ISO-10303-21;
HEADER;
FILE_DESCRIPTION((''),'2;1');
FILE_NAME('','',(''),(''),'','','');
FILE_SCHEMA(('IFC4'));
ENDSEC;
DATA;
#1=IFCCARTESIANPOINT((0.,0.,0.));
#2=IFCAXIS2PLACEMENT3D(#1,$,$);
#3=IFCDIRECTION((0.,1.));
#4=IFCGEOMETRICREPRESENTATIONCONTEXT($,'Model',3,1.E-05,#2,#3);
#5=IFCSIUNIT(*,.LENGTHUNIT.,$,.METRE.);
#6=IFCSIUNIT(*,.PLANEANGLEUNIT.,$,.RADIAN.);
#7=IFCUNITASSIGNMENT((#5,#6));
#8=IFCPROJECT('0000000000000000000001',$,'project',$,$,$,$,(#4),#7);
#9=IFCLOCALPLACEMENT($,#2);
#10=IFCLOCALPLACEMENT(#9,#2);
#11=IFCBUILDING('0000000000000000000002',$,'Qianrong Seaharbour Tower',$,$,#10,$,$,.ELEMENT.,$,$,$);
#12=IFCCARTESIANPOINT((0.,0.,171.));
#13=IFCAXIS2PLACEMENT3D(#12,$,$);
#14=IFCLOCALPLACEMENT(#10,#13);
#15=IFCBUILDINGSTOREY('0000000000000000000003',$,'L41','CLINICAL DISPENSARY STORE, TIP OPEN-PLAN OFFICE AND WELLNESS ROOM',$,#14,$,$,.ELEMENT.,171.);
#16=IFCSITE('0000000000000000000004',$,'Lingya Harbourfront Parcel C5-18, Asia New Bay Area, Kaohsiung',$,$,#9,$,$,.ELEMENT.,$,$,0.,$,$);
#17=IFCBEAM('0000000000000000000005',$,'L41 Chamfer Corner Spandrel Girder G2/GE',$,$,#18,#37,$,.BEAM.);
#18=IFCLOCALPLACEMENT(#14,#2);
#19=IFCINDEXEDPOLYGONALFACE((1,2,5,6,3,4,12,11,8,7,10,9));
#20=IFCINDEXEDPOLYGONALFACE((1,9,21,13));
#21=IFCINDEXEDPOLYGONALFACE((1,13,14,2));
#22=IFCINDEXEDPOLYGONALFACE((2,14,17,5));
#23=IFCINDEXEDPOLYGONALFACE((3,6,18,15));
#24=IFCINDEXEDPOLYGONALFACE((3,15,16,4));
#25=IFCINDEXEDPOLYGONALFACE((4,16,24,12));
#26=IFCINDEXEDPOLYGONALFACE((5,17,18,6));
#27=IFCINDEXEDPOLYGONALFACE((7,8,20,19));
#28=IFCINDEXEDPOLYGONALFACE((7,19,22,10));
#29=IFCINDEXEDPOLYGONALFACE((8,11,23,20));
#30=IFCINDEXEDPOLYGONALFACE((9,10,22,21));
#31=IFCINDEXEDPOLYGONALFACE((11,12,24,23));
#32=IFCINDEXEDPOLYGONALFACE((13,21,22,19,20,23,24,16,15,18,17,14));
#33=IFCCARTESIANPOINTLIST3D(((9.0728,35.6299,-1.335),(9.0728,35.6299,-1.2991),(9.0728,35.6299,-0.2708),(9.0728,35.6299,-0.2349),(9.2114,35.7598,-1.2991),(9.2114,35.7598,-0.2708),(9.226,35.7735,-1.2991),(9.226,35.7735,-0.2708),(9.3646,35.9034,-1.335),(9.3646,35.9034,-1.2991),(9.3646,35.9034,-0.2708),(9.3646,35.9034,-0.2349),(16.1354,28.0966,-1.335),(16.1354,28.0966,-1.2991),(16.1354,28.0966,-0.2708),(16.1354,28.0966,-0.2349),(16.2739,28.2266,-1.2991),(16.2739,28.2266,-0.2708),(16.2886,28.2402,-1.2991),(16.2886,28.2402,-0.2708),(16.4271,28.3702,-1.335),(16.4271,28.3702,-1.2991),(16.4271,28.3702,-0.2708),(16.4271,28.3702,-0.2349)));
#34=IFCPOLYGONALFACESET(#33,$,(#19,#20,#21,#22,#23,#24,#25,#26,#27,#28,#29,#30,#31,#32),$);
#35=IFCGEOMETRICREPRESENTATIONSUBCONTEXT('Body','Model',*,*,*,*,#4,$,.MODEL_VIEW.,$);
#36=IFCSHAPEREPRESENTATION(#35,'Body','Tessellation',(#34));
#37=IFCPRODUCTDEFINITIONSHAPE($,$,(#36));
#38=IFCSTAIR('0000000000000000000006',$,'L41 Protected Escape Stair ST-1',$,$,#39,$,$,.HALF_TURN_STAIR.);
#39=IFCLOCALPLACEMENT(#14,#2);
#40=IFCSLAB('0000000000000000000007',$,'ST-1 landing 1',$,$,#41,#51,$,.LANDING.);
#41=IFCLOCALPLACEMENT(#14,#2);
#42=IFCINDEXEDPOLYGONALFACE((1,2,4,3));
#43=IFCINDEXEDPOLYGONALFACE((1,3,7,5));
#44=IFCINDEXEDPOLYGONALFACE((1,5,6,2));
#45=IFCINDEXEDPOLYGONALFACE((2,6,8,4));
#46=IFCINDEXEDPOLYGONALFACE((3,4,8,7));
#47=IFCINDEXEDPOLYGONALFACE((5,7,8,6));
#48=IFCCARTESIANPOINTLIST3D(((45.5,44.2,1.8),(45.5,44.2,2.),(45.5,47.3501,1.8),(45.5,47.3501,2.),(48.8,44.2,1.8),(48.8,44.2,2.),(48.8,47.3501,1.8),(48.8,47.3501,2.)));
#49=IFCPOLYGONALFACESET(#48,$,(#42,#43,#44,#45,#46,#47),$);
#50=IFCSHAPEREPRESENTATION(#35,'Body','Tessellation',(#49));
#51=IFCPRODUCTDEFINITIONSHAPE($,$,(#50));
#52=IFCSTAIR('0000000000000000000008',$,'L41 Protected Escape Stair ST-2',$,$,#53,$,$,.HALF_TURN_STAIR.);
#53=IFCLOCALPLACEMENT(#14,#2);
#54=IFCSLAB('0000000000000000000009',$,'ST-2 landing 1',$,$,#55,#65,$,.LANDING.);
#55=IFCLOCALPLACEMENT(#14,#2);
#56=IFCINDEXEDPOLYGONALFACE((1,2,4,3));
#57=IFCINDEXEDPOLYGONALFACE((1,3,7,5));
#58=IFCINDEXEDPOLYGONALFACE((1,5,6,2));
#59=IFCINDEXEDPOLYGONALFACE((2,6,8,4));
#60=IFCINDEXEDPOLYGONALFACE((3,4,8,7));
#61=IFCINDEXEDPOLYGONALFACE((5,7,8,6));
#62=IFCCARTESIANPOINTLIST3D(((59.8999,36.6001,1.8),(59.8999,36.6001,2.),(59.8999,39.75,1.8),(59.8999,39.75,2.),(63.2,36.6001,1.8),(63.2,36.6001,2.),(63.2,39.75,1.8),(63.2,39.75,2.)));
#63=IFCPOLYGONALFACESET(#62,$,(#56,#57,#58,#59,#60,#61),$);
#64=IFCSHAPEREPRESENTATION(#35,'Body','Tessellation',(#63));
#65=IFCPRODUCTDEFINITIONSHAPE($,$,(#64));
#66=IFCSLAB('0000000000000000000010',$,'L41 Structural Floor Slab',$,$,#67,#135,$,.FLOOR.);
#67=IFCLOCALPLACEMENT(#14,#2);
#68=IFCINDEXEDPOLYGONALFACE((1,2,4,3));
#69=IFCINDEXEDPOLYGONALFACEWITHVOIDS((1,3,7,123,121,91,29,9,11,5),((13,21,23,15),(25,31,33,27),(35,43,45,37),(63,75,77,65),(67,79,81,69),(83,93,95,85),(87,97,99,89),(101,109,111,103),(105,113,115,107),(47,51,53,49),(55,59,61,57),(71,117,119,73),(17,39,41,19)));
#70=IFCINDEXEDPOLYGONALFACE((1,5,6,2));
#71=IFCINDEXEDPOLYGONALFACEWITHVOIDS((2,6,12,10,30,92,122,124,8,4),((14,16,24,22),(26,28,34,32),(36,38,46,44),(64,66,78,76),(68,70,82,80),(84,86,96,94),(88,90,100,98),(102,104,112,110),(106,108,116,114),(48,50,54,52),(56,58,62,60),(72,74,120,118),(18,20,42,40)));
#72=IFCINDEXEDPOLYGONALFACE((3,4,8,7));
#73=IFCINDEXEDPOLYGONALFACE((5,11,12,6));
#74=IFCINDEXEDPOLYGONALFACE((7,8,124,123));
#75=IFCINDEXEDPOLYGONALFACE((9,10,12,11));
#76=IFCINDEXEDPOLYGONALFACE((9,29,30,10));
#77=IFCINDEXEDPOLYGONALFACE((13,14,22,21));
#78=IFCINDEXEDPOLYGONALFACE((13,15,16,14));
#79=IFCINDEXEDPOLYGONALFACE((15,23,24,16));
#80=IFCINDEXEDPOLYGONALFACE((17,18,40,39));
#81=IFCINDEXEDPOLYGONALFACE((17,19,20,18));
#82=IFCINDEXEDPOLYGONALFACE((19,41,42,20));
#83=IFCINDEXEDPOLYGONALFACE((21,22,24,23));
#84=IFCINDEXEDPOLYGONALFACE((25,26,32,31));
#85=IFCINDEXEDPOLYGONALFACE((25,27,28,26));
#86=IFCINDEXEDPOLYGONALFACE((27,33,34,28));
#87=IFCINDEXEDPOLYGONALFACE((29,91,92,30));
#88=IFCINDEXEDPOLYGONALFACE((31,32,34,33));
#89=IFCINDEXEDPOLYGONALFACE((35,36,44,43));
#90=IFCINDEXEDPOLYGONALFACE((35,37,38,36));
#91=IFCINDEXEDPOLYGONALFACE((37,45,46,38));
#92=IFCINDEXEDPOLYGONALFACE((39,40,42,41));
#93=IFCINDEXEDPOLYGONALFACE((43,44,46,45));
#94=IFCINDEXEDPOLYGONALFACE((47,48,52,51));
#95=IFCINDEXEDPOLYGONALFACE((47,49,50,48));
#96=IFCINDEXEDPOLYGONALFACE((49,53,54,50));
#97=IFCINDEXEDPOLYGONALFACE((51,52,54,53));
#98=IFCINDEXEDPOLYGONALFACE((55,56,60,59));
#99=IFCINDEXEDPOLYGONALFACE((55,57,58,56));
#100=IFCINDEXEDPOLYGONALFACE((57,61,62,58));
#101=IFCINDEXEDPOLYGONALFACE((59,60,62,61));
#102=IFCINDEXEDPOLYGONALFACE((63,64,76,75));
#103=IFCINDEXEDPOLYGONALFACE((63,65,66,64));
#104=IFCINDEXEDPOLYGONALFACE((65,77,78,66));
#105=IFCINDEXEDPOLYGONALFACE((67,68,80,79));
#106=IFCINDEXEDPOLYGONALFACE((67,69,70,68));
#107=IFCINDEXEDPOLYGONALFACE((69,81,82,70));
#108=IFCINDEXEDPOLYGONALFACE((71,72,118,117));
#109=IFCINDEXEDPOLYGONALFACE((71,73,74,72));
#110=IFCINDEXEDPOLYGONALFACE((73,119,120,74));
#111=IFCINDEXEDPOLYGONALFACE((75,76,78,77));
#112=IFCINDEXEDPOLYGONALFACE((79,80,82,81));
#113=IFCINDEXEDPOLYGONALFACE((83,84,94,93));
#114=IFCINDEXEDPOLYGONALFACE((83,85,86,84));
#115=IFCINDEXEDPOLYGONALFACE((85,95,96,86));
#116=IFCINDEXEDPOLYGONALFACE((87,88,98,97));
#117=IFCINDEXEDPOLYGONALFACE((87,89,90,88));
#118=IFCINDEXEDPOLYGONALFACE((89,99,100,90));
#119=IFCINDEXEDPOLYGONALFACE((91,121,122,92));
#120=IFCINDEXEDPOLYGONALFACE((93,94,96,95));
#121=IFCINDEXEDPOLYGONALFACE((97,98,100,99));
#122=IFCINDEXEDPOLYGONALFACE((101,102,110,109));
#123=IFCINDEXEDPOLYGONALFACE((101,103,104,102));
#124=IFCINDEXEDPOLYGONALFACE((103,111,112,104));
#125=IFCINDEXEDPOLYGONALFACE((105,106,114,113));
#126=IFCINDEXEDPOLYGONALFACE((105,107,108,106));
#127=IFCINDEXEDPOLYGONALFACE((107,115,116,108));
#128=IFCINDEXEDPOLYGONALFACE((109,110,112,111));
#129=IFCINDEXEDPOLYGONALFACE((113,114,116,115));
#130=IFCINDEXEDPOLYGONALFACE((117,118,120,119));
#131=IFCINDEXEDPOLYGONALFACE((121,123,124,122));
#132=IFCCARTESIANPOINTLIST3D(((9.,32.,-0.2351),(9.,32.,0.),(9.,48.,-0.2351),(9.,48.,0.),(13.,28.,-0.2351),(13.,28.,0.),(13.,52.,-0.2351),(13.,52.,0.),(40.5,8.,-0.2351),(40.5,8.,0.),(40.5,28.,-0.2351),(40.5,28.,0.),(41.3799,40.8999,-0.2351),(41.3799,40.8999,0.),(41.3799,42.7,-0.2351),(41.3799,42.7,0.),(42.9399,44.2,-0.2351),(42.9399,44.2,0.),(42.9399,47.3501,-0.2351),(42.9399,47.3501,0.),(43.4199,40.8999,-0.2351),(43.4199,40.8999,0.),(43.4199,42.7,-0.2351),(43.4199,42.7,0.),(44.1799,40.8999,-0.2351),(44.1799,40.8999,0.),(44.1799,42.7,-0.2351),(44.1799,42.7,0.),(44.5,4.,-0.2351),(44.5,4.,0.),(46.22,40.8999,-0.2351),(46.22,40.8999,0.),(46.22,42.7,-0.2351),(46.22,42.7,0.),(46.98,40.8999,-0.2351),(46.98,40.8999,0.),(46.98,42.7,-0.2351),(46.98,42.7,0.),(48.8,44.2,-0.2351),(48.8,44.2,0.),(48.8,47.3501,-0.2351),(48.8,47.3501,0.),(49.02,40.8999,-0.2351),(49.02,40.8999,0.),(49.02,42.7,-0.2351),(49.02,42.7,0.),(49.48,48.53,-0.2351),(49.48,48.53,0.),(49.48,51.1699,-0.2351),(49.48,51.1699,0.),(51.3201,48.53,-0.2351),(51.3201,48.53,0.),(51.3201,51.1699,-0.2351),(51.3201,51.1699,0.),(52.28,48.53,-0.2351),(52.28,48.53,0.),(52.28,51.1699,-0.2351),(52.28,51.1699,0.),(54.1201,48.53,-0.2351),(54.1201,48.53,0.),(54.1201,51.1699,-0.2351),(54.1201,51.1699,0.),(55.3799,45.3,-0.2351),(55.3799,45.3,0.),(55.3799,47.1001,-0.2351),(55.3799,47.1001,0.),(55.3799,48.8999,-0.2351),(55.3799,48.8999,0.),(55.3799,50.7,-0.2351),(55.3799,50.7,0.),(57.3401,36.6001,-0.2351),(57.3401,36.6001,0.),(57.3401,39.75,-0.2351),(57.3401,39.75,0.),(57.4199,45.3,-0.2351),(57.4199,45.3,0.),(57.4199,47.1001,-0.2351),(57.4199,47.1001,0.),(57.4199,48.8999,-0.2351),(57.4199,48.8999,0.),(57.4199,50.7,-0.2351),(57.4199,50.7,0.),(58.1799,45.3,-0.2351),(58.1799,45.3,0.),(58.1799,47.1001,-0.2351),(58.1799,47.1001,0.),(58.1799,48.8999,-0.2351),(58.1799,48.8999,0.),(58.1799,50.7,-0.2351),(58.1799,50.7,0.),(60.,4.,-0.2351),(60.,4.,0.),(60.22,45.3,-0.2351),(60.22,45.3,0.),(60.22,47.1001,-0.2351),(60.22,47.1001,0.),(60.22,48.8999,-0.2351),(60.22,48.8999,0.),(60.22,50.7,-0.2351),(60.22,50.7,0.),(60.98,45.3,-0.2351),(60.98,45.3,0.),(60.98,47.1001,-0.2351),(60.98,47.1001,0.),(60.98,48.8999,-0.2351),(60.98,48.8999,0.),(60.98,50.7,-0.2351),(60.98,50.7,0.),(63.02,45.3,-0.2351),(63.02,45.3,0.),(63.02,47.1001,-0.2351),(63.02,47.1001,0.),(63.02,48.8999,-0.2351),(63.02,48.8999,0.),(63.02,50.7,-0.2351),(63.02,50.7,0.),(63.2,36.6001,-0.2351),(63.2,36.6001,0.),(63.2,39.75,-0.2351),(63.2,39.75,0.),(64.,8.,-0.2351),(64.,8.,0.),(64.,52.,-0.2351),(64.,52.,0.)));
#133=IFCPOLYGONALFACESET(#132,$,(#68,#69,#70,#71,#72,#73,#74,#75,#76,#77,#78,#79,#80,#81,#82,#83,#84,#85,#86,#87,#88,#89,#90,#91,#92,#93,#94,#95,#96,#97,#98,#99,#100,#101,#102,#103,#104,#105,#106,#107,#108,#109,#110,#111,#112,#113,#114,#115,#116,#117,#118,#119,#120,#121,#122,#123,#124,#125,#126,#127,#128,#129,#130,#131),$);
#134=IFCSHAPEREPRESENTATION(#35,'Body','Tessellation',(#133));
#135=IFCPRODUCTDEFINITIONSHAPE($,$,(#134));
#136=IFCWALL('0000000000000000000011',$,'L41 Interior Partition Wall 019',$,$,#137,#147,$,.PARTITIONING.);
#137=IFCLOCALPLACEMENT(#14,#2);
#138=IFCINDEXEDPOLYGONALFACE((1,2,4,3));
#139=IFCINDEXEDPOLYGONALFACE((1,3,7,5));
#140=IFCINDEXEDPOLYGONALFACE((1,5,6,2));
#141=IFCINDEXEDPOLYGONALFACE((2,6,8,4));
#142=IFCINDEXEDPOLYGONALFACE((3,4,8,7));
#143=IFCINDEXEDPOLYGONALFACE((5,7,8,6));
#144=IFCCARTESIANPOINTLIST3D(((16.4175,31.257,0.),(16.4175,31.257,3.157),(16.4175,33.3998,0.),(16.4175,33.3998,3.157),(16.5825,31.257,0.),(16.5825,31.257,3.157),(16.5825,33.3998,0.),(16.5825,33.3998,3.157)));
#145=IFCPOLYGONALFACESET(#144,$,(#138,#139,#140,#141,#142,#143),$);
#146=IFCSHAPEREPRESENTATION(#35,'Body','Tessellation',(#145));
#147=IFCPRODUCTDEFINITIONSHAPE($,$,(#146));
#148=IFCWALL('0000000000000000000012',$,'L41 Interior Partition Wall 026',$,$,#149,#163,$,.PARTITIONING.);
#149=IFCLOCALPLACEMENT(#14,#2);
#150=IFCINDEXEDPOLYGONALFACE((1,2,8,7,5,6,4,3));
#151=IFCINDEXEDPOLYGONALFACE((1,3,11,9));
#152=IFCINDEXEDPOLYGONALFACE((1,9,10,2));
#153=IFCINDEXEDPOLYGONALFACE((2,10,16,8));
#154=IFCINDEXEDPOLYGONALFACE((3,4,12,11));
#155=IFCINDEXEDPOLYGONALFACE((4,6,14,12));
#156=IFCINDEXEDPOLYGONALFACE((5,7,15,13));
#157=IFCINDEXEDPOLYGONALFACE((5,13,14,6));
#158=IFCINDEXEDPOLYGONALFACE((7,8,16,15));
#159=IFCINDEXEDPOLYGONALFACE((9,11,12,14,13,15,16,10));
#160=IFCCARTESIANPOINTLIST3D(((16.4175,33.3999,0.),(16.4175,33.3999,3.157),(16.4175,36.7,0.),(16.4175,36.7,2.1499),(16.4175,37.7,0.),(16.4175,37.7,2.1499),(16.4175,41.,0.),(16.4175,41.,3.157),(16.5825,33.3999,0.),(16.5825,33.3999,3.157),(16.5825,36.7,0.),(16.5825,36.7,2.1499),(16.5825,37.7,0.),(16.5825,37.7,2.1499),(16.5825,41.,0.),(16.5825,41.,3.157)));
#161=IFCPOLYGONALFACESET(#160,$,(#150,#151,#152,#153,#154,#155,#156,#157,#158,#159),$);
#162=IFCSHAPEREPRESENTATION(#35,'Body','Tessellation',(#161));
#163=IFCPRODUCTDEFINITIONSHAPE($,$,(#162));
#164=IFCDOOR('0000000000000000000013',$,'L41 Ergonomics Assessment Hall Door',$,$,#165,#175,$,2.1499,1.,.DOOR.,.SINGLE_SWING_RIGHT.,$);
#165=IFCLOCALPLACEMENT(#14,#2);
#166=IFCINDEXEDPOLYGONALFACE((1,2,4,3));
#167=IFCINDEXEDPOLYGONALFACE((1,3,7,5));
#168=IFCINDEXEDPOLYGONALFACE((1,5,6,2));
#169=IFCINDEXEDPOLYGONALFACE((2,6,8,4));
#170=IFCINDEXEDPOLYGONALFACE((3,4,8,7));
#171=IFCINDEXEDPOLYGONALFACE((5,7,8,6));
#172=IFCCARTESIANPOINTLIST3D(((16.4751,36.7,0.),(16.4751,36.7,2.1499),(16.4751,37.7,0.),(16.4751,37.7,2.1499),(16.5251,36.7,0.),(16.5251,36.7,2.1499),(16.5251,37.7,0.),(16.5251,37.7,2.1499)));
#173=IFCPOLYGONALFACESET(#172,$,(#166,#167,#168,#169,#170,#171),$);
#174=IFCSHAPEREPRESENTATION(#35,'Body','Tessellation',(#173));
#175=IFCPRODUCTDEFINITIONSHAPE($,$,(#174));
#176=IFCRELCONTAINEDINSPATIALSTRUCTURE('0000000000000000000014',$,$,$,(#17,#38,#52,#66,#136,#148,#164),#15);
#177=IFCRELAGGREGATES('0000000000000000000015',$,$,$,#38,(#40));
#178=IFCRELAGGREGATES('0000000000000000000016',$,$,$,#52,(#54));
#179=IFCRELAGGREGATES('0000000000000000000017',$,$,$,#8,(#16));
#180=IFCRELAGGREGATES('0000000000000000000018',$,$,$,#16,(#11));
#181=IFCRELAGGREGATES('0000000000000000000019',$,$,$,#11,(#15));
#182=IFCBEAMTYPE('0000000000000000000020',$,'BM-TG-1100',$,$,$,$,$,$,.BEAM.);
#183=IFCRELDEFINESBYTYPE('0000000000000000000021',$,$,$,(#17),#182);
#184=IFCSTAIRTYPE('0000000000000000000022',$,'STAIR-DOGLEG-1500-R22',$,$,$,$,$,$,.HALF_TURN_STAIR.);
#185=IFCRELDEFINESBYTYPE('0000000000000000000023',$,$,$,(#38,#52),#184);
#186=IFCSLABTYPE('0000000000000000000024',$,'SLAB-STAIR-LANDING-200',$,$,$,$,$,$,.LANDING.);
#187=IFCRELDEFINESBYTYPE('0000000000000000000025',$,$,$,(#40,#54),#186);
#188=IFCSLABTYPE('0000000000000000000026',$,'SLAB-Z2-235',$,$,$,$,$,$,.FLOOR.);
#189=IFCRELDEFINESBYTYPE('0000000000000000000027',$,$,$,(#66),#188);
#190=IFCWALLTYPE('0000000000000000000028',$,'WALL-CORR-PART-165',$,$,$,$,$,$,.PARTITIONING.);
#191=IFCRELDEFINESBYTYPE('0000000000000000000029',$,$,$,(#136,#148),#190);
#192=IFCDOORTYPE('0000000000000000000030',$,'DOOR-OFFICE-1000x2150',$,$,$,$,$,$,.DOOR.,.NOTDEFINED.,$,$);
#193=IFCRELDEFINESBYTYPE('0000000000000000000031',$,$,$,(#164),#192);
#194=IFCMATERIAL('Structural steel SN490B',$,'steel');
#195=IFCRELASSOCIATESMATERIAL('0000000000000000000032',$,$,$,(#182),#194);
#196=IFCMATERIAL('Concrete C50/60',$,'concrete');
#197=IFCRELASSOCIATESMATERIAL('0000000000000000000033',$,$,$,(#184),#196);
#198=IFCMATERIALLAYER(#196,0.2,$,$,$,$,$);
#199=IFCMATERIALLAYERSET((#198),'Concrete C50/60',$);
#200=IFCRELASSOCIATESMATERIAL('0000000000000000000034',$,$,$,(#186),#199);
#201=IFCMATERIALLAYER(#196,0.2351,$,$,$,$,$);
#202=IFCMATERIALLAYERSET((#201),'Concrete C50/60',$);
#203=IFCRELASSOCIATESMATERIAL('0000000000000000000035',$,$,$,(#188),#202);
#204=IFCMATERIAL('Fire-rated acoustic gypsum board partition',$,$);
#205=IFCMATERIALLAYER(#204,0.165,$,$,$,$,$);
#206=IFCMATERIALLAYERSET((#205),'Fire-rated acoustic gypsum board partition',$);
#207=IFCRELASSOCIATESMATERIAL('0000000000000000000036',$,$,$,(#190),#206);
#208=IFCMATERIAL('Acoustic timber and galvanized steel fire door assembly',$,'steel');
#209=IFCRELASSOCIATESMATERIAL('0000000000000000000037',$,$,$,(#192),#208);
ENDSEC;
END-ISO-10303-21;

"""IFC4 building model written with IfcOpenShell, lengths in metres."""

from ifc_helpers import new_model, si_unit, direction, frame, frame_2d, origin, origin_2d, place, context, subcontext, project, spatial, polyline, rectangle, i_section, outline, extrude, material, layer, layer_set, material_profile, profile_set, type_object, element, fill, aggregate, save


model = new_model("IFC4")

# Units and contexts
model_context = context("Model", 3, precision=1e-05, world=origin(), true_north=direction((0.0, 1.0)))
body_context = subcontext(model_context, "Body", "Model", "MODEL_VIEW")
ifc_project = project(units=[si_unit("LENGTHUNIT", "METRE"), si_unit("PLANEANGLEUNIT", "RADIAN")], contexts=[model_context])

# Site, building, storey
site_placement = place(None, origin())
site = spatial("IfcSite", under=ifc_project, at=site_placement, Name="Lingya Harbourfront Parcel C5-18, Asia New Bay Area, Kaohsiung", CompositionType="ELEMENT", RefElevation=0.0)
building_placement = place(site_placement, origin())
building = spatial("IfcBuilding", under=site, at=building_placement, Name="Qianrong Seaharbour Tower", CompositionType="ELEMENT")
storey_placement = place(building_placement, frame((0.0, 0.0, 171.0)))
storey = spatial("IfcBuildingStorey", under=building, at=storey_placement, Name="L41", Description="CLINICAL DISPENSARY STORE, TIP OPEN-PLAN OFFICE AND WELLNESS ROOM", CompositionType="ELEMENT", Elevation=171.0)

# Shared definitions
ifc_material_1 = material(Name="Structural steel SN490B", Category="steel")

# Beam
ifc_material_profile_1 = material_profile(ifc_material_1, i_section(OverallWidth=0.3999, OverallDepth=1.1001, WebThickness=0.02, FlangeThickness=0.0359, at=origin_2d()), Name="BH1100x400x20x36")
ifc_profile_set_1 = profile_set([ifc_material_profile_1], Name="Structural steel SN490B")
beam_type_1 = type_object("IfcBeamType", Name="BM-TG-1100", PredefinedType="BEAM", material=ifc_profile_set_1)
beam_1_placement = place(storey_placement, frame((16.2812, 28.2334, -0.7849), z_axis=(-0.683947, 0.729531, 0.0), x_axis=(-0.729531, -0.683947, 0.0)))
element("IfcBeam", 1, at=beam_1_placement, inside=storey, type_object=beam_type_1, Name="L41 Chamfer Corner Spandrel Girder G2/GE", PredefinedType="BEAM", context=body_context, shape_type="SweptSolid", body=[
    extrude(i_section(OverallWidth=0.3999, OverallDepth=1.1001, WebThickness=0.02, FlangeThickness=0.0359, at=origin_2d()), origin(), (0.0, 0.0, 1.0), 10.3262),
])

# Stairs, slabs
ifc_material_2 = material(Name="Concrete C50/60", Category="concrete")
stair_type = type_object("IfcStairType", Name="STAIR-DOGLEG-1500-R22", PredefinedType="HALF_TURN_STAIR", material=ifc_material_2)
stair_1_placement = place(storey_placement, origin())
stair_1 = element("IfcStair", 2, at=stair_1_placement, inside=storey, type_object=stair_type, Name="L41 Protected Escape Stair ST-1", PredefinedType="HALF_TURN_STAIR")
ifc_layer_1 = layer(ifc_material_2, 0.2)
ifc_layer_set_1 = layer_set([ifc_layer_1], Name="Concrete C50/60")
slab_type_1 = type_object("IfcSlabType", Name="SLAB-STAIR-LANDING-200", PredefinedType="LANDING", material=ifc_layer_set_1)
slab_1_placement = place(storey_placement, frame((0.0, 0.0, 1.8)))
slab_1 = element("IfcSlab", 3, at=slab_1_placement, type_object=slab_type_1, Name="ST-1 landing 1", PredefinedType="LANDING", context=body_context, shape_type="SweptSolid", body=[
    extrude(outline(polyline([(45.5, 44.2), (48.8, 44.2), (48.8, 47.3501), (45.5, 47.3501), (45.5, 44.2)])), origin(), (0.0, 0.0, 1.0), 0.2),
])
aggregate(stair_1, [slab_1])
stair_2_placement = place(storey_placement, origin())
stair_2 = element("IfcStair", 4, at=stair_2_placement, inside=storey, type_object=stair_type, Name="L41 Protected Escape Stair ST-2", PredefinedType="HALF_TURN_STAIR")
slab_2_placement = place(storey_placement, frame((0.0, 0.0, 1.8)))
slab_2 = element("IfcSlab", 5, at=slab_2_placement, type_object=slab_type_1, Name="ST-2 landing 1", PredefinedType="LANDING", context=body_context, shape_type="SweptSolid", body=[
    extrude(outline(polyline([(59.8999, 36.6001), (63.2, 36.6001), (63.2, 39.75), (59.8999, 39.75), (59.8999, 36.6001)])), origin(), (0.0, 0.0, 1.0), 0.2),
])
aggregate(stair_2, [slab_2])

# Slab
ifc_layer_2 = layer(ifc_material_2, 0.2351)
ifc_layer_set_2 = layer_set([ifc_layer_2], Name="Concrete C50/60")
slab_type_2 = type_object("IfcSlabType", Name="SLAB-Z2-235", PredefinedType="FLOOR", material=ifc_layer_set_2)
slab_3_placement = place(storey_placement, frame((0.0, 0.0, -0.2351)))
element("IfcSlab", 6, at=slab_3_placement, inside=storey, type_object=slab_type_2, Name="L41 Structural Floor Slab", PredefinedType="FLOOR", context=body_context, shape_type="SweptSolid", body=[
    extrude(outline(polyline([(44.5, 4.0), (60.0, 4.0), (64.0, 8.0), (64.0, 52.0), (13.0, 52.0), (9.0, 48.0), (9.0, 32.0), (13.0, 28.0), (40.5, 28.0), (40.5, 8.0), (44.5, 4.0)]), holes=[polyline([(42.9399, 44.2), (42.9399, 47.3501), (48.8, 47.3501), (48.8, 44.2), (42.9399, 44.2)]), polyline([(57.3401, 36.6001), (57.3401, 39.75), (63.2, 39.75), (63.2, 36.6001), (57.3401, 36.6001)]), polyline([(49.48, 48.53), (49.48, 51.1699), (51.3201, 51.1699), (51.3201, 48.53), (49.48, 48.53)]), polyline([(52.28, 48.53), (52.28, 51.1699), (54.1201, 51.1699), (54.1201, 48.53), (52.28, 48.53)]), polyline([(41.3799, 40.8999), (41.3799, 42.7), (43.4199, 42.7), (43.4199, 40.8999), (41.3799, 40.8999)]), polyline([(44.1799, 40.8999), (44.1799, 42.7), (46.22, 42.7), (46.22, 40.8999), (44.1799, 40.8999)]), polyline([(46.98, 40.8999), (46.98, 42.7), (49.02, 42.7), (49.02, 40.8999), (46.98, 40.8999)]), polyline([(55.3799, 45.3), (55.3799, 47.1001), (57.4199, 47.1001), (57.4199, 45.3), (55.3799, 45.3)]), polyline([(58.1799, 45.3), (58.1799, 47.1001), (60.22, 47.1001), (60.22, 45.3), (58.1799, 45.3)]), polyline([(60.98, 45.3), (60.98, 47.1001), (63.02, 47.1001), (63.02, 45.3), (60.98, 45.3)]), polyline([(55.3799, 48.8999), (55.3799, 50.7), (57.4199, 50.7), (57.4199, 48.8999), (55.3799, 48.8999)]), polyline([(58.1799, 48.8999), (58.1799, 50.7), (60.22, 50.7), (60.22, 48.8999), (58.1799, 48.8999)]), polyline([(60.98, 48.8999), (60.98, 50.7), (63.02, 50.7), (63.02, 48.8999), (60.98, 48.8999)])]), origin(), (0.0, 0.0, 1.0), 0.2351),
])

# Wall
ifc_material_3 = material(Name="Fire-rated acoustic gypsum board partition")
ifc_layer_3 = layer(ifc_material_3, 0.165)
ifc_layer_set_3 = layer_set([ifc_layer_3], Name="Fire-rated acoustic gypsum board partition")
wall_type_1 = type_object("IfcWallType", Name="WALL-CORR-PART-165", PredefinedType="PARTITIONING", material=ifc_layer_set_3)
wall_1_placement = place(storey_placement, frame((16.5, 31.2571, 0.0), z_axis=(0.0, 0.0, 1.0), x_axis=(0.0, 1.0, 0.0)))
element("IfcWall", 7, at=wall_1_placement, inside=storey, type_object=wall_type_1, Name="L41 Interior Partition Wall 019", PredefinedType="PARTITIONING", context=body_context, shape_type="SweptSolid", body=[
    extrude(rectangle(XDim=2.1428, YDim=0.165, at=frame_2d((1.0713, 0.0))), origin(), (0.0, 0.0, 1.0), 3.157),
])

# Wall, opening, door
wall_2_placement = place(storey_placement, frame((16.5, 33.3999, 0.0), z_axis=(0.0, 0.0, 1.0), x_axis=(0.0, 1.0, 0.0)))
wall_2 = element("IfcWall", 8, at=wall_2_placement, inside=storey, type_object=wall_type_1, Name="L41 Interior Partition Wall 026", PredefinedType="PARTITIONING", context=body_context, shape_type="SweptSolid", body=[
    extrude(rectangle(XDim=7.6001, YDim=0.165, at=frame_2d((3.8, 0.0))), origin(), (0.0, 0.0, 1.0), 3.157),
])
opening_1_placement = place(wall_2_placement, frame((3.3, 0.0, 0.0)))
opening_1 = element("IfcOpeningElement", 9, at=opening_1_placement, cuts=wall_2, PredefinedType="OPENING", context=body_context, shape_type="SweptSolid", body=[
    extrude(rectangle(XDim=1.0, YDim=2.1499, at=frame_2d((0.5, 1.075))), frame((0.0, 0.0925, 0.0), z_axis=(0.0, -1.0, 0.0), x_axis=(1.0, 0.0, 0.0)), (0.0, 0.0, 1.0), 0.1851),
])
ifc_material_4 = material(Name="Acoustic timber and galvanized steel fire door assembly", Category="steel")
door_type = type_object("IfcDoorType", Name="DOOR-OFFICE-1000x2150", OperationType="NOTDEFINED", PredefinedType="DOOR", material=ifc_material_4)
door_1_placement = place(opening_1_placement, origin())
door_1 = element("IfcDoor", 10, at=door_1_placement, inside=storey, type_object=door_type, Name="L41 Ergonomics Assessment Hall Door", OperationType="SINGLE_SWING_RIGHT", OverallHeight=2.1499, OverallWidth=1.0, PredefinedType="DOOR", context=body_context, shape_type="SweptSolid", body=[
    extrude(rectangle(XDim=1.0, YDim=2.1499, at=frame_2d((0.5, 1.075))), frame((0.0, 0.0249, 0.0), z_axis=(0.0, -1.0, 0.0), x_axis=(1.0, 0.0, 0.0)), (0.0, 0.0, 1.0), 0.05),
])
fill(opening_1, door_1)

save(model, "model.ifc")
